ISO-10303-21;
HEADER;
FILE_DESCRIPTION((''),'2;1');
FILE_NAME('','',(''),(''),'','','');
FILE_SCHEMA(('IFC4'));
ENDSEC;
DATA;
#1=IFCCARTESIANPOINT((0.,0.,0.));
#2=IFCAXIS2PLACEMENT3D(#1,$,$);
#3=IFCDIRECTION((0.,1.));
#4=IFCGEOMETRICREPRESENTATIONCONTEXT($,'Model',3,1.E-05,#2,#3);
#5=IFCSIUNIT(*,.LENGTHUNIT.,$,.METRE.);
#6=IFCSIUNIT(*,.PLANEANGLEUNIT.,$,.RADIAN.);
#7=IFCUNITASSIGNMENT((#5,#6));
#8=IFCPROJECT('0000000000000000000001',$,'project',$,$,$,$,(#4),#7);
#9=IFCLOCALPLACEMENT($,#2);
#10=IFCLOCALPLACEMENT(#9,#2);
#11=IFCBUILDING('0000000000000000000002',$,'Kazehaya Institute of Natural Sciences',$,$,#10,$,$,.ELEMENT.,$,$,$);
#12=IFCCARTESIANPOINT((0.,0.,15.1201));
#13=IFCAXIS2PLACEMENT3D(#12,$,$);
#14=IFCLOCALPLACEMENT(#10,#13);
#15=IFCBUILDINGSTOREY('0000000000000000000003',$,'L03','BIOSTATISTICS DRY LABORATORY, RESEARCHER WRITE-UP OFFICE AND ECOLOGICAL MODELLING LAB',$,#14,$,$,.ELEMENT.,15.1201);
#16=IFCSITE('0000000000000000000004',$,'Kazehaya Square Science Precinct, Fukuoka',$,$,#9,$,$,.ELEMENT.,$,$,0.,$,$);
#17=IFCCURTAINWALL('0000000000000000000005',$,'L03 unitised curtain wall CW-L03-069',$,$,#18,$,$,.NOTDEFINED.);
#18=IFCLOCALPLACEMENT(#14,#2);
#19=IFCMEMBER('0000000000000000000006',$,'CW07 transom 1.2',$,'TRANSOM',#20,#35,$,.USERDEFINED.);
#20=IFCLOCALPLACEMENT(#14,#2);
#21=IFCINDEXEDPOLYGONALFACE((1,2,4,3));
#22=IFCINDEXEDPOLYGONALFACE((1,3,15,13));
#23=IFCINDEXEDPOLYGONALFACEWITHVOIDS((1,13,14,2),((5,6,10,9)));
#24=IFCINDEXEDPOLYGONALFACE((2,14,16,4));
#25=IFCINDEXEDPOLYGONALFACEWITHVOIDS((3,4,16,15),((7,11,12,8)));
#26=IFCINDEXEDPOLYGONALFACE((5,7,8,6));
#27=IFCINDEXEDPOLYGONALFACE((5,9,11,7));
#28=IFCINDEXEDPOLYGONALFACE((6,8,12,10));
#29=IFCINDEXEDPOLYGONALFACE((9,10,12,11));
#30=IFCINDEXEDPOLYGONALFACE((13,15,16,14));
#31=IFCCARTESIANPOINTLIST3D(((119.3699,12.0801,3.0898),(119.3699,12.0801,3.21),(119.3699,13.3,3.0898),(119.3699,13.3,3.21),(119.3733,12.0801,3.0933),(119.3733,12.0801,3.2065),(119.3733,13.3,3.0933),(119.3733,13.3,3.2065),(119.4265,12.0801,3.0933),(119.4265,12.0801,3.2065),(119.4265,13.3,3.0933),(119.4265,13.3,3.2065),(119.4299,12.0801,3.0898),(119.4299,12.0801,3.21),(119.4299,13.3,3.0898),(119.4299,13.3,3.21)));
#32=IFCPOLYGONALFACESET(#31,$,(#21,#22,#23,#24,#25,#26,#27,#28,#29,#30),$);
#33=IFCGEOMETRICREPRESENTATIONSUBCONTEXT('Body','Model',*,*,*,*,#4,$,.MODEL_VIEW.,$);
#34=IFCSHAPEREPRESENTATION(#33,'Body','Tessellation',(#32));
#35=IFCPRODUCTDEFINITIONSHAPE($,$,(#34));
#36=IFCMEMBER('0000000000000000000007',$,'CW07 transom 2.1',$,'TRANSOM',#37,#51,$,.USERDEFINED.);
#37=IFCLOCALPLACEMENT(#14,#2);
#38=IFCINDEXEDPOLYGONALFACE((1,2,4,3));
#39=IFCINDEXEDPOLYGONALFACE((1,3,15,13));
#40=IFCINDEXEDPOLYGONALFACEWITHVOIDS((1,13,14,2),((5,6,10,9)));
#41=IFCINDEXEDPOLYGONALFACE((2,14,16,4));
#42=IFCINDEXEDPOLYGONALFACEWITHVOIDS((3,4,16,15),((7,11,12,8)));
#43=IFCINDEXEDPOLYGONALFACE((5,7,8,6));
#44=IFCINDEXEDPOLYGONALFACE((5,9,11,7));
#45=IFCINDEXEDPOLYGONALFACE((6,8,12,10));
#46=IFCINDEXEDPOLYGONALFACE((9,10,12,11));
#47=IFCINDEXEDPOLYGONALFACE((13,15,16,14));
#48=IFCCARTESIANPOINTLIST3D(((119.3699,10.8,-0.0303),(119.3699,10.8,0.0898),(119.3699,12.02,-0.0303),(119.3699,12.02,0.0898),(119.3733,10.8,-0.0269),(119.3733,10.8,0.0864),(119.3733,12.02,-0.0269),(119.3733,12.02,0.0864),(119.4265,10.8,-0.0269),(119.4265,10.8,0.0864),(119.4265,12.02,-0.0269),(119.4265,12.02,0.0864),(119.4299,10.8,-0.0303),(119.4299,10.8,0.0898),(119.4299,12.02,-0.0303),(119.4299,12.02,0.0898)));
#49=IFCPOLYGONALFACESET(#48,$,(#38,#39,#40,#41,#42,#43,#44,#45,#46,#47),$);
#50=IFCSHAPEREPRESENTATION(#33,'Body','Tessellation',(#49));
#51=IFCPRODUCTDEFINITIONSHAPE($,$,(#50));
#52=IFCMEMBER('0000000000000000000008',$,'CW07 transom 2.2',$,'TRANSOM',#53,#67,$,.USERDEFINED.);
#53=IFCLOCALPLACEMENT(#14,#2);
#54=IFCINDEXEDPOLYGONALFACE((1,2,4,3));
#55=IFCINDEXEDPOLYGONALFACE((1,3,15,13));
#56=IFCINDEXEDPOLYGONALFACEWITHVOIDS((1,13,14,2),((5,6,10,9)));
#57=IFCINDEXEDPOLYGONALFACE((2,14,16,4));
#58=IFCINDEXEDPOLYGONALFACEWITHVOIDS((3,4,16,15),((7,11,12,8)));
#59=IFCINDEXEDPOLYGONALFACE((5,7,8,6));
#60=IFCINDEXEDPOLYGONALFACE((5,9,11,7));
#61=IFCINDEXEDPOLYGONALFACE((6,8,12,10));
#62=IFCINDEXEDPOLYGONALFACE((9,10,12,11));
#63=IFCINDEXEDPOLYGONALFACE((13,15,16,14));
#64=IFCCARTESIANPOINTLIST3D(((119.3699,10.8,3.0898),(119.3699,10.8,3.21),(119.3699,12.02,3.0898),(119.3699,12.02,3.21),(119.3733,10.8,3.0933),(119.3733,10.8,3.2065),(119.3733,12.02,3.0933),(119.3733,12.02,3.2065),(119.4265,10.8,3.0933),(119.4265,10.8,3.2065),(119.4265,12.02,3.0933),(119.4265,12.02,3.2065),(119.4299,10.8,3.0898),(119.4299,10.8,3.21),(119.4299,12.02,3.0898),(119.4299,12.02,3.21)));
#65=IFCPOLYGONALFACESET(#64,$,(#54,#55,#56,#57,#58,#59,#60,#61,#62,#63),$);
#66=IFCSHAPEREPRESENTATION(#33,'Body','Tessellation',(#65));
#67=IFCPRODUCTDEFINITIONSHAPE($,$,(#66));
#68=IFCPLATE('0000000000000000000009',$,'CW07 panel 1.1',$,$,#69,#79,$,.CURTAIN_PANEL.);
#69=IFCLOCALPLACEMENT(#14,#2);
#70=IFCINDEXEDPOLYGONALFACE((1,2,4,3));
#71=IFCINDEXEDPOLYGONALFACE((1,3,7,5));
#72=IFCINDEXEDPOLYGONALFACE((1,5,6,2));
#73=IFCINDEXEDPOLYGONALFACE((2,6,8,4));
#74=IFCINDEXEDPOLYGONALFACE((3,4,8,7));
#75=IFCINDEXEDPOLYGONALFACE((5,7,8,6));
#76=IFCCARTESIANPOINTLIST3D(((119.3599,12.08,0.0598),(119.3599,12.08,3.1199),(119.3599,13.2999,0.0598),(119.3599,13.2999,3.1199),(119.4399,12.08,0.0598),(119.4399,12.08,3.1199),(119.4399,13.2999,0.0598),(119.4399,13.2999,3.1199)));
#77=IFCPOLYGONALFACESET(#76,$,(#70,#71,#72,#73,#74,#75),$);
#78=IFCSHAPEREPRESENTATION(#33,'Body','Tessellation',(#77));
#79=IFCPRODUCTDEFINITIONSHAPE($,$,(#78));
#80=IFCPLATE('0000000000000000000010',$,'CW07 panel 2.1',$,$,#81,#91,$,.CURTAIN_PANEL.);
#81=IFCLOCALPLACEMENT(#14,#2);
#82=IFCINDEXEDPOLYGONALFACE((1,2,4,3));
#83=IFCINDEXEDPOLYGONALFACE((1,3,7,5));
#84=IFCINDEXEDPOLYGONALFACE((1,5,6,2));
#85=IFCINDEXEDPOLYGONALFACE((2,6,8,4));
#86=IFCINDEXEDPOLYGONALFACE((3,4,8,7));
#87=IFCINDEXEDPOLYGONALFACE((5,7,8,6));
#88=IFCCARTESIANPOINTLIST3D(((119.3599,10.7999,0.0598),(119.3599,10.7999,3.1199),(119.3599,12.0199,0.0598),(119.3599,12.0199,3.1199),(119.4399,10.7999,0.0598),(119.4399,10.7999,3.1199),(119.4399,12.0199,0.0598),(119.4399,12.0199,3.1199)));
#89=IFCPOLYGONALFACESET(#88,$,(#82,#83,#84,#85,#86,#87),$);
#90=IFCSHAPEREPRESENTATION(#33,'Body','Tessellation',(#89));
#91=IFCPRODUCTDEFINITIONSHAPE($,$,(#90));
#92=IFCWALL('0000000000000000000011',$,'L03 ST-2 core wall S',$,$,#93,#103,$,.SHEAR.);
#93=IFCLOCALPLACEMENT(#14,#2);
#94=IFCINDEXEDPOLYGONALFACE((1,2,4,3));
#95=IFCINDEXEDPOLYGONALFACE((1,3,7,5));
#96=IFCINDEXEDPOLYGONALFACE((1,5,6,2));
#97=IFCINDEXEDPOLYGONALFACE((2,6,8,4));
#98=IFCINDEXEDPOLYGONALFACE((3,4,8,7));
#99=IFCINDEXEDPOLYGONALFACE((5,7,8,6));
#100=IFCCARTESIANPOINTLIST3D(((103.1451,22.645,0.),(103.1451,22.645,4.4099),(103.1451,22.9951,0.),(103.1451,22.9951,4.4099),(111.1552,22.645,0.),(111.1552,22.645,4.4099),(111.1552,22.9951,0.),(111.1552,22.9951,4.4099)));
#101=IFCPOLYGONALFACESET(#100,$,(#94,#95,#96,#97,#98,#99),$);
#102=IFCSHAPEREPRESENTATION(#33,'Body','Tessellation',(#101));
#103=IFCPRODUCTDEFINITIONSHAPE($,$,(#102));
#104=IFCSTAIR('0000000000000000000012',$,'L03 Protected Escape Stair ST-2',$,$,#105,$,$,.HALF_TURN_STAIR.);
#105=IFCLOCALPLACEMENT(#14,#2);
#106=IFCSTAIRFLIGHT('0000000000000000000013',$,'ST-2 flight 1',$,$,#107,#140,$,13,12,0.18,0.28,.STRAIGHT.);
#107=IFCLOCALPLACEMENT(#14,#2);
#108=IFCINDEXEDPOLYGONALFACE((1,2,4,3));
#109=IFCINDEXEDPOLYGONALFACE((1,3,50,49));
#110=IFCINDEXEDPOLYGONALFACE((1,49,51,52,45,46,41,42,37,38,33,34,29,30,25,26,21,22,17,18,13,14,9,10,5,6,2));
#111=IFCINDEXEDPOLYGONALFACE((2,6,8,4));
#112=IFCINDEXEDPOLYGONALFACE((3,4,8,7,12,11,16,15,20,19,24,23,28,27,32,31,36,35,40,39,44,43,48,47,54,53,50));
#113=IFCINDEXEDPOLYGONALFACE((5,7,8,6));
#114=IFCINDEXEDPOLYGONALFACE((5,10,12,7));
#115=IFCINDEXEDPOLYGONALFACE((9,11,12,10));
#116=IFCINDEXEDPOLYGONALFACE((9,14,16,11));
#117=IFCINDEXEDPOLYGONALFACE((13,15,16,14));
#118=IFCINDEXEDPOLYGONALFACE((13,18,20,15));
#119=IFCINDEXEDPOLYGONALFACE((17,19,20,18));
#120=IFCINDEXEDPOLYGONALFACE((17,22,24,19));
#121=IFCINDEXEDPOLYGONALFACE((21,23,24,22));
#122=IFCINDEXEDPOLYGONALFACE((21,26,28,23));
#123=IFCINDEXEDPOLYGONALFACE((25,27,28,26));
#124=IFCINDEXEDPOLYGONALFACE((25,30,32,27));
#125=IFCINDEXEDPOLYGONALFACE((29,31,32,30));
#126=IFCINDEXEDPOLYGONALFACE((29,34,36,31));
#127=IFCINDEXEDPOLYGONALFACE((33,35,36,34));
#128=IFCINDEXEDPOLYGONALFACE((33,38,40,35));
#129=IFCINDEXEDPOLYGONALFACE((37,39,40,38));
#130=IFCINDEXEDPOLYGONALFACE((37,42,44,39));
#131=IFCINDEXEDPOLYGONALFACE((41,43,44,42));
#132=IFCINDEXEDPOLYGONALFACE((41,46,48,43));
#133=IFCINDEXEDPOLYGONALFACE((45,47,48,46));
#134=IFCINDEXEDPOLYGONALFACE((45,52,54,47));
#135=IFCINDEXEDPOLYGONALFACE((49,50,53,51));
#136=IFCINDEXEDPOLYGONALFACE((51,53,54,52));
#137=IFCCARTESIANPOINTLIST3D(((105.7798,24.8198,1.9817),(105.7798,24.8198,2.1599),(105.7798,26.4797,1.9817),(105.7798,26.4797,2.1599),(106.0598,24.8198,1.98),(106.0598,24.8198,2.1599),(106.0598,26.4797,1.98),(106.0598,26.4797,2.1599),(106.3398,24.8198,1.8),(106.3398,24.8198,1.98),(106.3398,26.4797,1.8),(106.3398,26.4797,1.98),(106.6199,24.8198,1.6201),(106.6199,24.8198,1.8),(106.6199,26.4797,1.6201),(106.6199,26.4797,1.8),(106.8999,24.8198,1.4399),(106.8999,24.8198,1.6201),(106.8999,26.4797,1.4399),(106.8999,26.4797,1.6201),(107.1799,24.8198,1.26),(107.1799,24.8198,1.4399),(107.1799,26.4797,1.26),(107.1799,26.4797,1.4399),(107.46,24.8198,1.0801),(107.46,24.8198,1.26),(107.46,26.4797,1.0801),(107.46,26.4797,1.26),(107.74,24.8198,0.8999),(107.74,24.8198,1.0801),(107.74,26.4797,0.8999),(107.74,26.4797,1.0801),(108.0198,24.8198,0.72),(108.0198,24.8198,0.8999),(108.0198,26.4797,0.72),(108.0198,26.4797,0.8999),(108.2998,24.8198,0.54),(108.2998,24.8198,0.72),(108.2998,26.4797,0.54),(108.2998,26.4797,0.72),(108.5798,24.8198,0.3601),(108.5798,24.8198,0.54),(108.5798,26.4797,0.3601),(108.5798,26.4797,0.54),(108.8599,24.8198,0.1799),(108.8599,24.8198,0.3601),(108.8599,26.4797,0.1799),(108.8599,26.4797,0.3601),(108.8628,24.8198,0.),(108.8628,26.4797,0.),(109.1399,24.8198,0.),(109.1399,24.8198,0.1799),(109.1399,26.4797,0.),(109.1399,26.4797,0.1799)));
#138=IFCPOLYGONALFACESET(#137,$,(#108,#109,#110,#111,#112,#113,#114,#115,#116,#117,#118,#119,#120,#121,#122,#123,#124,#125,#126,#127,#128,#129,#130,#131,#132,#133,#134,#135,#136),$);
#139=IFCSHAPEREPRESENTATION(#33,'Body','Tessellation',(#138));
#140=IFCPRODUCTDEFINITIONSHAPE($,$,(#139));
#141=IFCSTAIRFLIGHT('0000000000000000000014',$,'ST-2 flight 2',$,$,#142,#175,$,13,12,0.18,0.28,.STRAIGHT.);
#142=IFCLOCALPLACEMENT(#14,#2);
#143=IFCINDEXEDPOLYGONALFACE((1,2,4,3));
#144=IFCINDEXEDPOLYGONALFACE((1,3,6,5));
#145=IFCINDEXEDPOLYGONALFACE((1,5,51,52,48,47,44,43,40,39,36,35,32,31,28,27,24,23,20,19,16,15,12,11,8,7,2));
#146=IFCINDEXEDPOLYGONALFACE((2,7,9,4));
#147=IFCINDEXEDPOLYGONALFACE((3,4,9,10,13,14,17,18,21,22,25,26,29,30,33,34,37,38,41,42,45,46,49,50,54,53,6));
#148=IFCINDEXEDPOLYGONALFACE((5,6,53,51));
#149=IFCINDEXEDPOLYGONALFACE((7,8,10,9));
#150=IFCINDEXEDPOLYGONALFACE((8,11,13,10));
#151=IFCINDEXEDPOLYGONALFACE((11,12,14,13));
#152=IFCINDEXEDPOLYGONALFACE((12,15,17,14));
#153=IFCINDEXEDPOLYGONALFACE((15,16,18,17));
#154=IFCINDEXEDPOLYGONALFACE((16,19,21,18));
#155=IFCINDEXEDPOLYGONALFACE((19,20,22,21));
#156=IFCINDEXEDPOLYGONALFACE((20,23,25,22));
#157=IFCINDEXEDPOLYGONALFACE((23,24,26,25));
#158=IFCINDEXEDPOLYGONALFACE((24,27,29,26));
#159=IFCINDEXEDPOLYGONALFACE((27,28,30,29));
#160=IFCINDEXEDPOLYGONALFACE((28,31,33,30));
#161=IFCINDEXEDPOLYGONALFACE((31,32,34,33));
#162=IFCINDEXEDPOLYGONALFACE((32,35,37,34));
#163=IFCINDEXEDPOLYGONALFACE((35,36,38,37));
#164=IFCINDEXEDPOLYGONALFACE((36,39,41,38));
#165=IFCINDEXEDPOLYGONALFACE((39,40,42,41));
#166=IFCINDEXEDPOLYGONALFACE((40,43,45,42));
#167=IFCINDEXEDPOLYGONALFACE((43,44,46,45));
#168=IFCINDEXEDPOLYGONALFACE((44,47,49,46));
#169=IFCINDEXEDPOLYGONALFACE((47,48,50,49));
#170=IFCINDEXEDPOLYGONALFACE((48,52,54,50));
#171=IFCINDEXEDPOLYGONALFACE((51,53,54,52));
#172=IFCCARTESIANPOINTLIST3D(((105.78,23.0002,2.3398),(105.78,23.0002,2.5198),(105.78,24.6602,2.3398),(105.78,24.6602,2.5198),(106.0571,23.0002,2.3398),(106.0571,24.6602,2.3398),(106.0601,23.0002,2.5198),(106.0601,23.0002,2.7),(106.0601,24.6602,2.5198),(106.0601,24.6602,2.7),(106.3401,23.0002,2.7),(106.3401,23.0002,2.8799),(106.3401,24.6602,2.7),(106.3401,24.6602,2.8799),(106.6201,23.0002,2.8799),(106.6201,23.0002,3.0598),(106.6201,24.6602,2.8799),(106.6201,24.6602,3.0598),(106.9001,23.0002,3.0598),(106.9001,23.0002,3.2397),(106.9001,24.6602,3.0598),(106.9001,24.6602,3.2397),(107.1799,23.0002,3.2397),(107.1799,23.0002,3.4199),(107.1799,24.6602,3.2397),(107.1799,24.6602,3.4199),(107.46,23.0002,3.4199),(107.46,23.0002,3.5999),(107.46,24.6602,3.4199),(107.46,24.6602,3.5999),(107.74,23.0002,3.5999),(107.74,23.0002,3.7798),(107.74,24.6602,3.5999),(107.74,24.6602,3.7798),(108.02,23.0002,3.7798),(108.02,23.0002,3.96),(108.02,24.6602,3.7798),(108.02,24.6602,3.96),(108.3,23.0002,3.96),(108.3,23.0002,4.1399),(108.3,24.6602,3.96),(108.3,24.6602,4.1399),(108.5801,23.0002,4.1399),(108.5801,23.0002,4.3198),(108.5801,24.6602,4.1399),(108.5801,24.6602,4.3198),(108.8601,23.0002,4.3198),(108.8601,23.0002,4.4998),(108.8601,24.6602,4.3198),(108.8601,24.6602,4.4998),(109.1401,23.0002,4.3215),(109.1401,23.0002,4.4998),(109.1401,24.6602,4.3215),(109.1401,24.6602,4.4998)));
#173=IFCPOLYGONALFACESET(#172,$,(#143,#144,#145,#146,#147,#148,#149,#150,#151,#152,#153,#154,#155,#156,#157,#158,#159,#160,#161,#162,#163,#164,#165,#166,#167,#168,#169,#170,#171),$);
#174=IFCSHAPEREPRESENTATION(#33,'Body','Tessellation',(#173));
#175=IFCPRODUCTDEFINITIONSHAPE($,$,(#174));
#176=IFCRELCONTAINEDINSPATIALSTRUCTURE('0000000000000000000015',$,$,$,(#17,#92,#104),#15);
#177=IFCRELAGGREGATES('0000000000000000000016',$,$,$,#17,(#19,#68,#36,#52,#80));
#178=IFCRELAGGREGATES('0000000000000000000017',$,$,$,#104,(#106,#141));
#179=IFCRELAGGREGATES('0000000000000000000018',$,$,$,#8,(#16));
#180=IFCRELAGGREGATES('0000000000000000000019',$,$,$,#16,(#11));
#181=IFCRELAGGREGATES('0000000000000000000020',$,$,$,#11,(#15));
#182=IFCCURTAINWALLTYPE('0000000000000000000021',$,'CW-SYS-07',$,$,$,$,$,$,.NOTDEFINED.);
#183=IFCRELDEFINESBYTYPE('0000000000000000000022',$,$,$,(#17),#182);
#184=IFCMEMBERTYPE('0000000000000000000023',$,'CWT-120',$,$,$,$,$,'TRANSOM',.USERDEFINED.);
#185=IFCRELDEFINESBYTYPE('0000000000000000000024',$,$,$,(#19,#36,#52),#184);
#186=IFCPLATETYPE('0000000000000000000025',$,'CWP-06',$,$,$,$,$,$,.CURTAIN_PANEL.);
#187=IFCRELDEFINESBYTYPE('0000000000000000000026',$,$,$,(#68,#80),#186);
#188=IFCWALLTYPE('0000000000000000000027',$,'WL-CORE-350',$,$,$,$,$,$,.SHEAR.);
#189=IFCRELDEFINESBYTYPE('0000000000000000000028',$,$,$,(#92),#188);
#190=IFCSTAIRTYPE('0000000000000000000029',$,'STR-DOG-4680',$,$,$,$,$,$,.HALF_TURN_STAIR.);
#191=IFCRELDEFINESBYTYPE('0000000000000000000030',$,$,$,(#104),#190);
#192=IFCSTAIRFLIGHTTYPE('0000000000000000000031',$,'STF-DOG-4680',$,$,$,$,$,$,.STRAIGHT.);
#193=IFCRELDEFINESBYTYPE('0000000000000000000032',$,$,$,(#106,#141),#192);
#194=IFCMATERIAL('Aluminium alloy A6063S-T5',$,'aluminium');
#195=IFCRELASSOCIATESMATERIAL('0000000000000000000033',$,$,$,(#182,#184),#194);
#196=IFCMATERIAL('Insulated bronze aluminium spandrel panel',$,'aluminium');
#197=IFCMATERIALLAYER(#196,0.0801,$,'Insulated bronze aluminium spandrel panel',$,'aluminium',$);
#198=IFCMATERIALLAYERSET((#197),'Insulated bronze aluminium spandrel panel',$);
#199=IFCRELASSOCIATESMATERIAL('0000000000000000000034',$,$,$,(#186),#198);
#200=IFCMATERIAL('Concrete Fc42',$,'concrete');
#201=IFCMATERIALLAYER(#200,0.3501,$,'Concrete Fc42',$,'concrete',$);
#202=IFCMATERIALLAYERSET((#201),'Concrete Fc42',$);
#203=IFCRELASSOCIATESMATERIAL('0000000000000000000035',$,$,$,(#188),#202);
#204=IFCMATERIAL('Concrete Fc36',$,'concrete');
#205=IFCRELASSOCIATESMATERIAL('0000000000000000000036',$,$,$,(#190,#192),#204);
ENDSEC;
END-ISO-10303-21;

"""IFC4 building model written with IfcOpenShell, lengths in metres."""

from ifc_helpers import new_model, si_unit, direction, frame, frame_2d, origin, origin_2d, place, context, subcontext, project, spatial, polyline, rectangle, hollow_rectangle, outline, extrude, material, layer, layer_set, material_profile, profile_set, type_object, element, aggregate, save


model = new_model("IFC4")

# Units and contexts
model_context = context("Model", 3, precision=1e-05, world=origin(), true_north=direction((0.0, 1.0)))
body_context = subcontext(model_context, "Body", "Model", "MODEL_VIEW")
ifc_project = project(units=[si_unit("LENGTHUNIT", "METRE"), si_unit("PLANEANGLEUNIT", "RADIAN")], contexts=[model_context])

# Site, building, storey
site_placement = place(None, origin())
site = spatial("IfcSite", under=ifc_project, at=site_placement, Name="Kazehaya Square Science Precinct, Fukuoka", CompositionType="ELEMENT", RefElevation=0.0)
building_placement = place(site_placement, origin())
building = spatial("IfcBuilding", under=site, at=building_placement, Name="Kazehaya Institute of Natural Sciences", CompositionType="ELEMENT")
storey_placement = place(building_placement, frame((0.0, 0.0, 15.1201)))
storey = spatial("IfcBuildingStorey", under=building, at=storey_placement, Name="L03", Description="BIOSTATISTICS DRY LABORATORY, RESEARCHER WRITE-UP OFFICE AND ECOLOGICAL MODELLING LAB", CompositionType="ELEMENT", Elevation=15.1201)

# Shared definitions
ifc_material_1 = material(Name="Concrete Fc42", Category="concrete")

# Shared definitions
ifc_material_2 = material(Name="Concrete Fc36", Category="concrete")

# Curtain wall, members, plates
ifc_material_3 = material(Name="Aluminium alloy A6063S-T5", Category="aluminium")
curtain_wall_type = type_object("IfcCurtainWallType", Name="CW-SYS-07", PredefinedType="NOTDEFINED", material=ifc_material_3)
curtain_wall_placement = place(storey_placement, origin())
curtain_wall = element("IfcCurtainWall", 1, at=curtain_wall_placement, inside=storey, type_object=curtain_wall_type, Name="L03 unitised curtain wall CW-L03-069", PredefinedType="NOTDEFINED")
ifc_material_profile_1 = material_profile(ifc_material_3, hollow_rectangle(XDim=0.0601, YDim=0.1201, WallThickness=0.0034, at=origin_2d()), Name="ALU-60x120x3.5")
ifc_profile_set_1 = profile_set([ifc_material_profile_1], Name="Aluminium alloy A6063S-T5")
member_type_1 = type_object("IfcMemberType", Name="CWT-120", ElementType="TRANSOM", PredefinedType="USERDEFINED", material=ifc_profile_set_1)
member_1_placement = place(storey_placement, frame((119.3999, 13.3, 3.1499), z_axis=(0.0, -1.0, 0.0), x_axis=(1.0, 0.0, 0.0)))
member_1 = element("IfcMember", 2, at=member_1_placement, type_object=member_type_1, Name="CW07 transom 1.2", ObjectType="TRANSOM", PredefinedType="USERDEFINED", context=body_context, shape_type="SweptSolid", body=[
    extrude(hollow_rectangle(XDim=0.0601, YDim=0.1201, WallThickness=0.0034, at=origin_2d()), origin(), (0.0, 0.0, 1.0), 1.22),
])
member_2_placement = place(storey_placement, frame((119.3999, 12.02, 0.0298), z_axis=(0.0, -1.0, 0.0), x_axis=(1.0, 0.0, 0.0)))
member_2 = element("IfcMember", 3, at=member_2_placement, type_object=member_type_1, Name="CW07 transom 2.1", ObjectType="TRANSOM", PredefinedType="USERDEFINED", context=body_context, shape_type="SweptSolid", body=[
    extrude(hollow_rectangle(XDim=0.0601, YDim=0.1201, WallThickness=0.0034, at=origin_2d()), origin(), (0.0, 0.0, 1.0), 1.22),
])
member_3_placement = place(storey_placement, frame((119.3999, 12.02, 3.1499), z_axis=(0.0, -1.0, 0.0), x_axis=(1.0, 0.0, 0.0)))
member_3 = element("IfcMember", 4, at=member_3_placement, type_object=member_type_1, Name="CW07 transom 2.2", ObjectType="TRANSOM", PredefinedType="USERDEFINED", context=body_context, shape_type="SweptSolid", body=[
    extrude(hollow_rectangle(XDim=0.0601, YDim=0.1201, WallThickness=0.0034, at=origin_2d()), origin(), (0.0, 0.0, 1.0), 1.22),
])
ifc_material_4 = material(Name="Insulated bronze aluminium spandrel panel", Category="aluminium")
ifc_layer_1 = layer(ifc_material_4, 0.0801, Name="Insulated bronze aluminium spandrel panel", Category="aluminium")
ifc_layer_set_1 = layer_set([ifc_layer_1], Name="Insulated bronze aluminium spandrel panel")
plate_type = type_object("IfcPlateType", Name="CWP-06", PredefinedType="CURTAIN_PANEL", material=ifc_layer_set_1)
plate_1_placement = place(storey_placement, frame((119.3999, 12.6899, 0.0598), z_axis=(0.0, 0.0, 1.0), x_axis=(0.0, -1.0, 0.0)))
plate_1 = element("IfcPlate", 5, at=plate_1_placement, type_object=plate_type, Name="CW07 panel 1.1", PredefinedType="CURTAIN_PANEL", context=body_context, shape_type="SweptSolid", body=[
    extrude(rectangle(XDim=1.22, YDim=0.0801, at=origin_2d()), origin(), (0.0, 0.0, 1.0), 3.0601),
])
plate_2_placement = place(storey_placement, frame((119.3999, 11.4099, 0.0598), z_axis=(0.0, 0.0, 1.0), x_axis=(0.0, -1.0, 0.0)))
plate_2 = element("IfcPlate", 6, at=plate_2_placement, type_object=plate_type, Name="CW07 panel 2.1", PredefinedType="CURTAIN_PANEL", context=body_context, shape_type="SweptSolid", body=[
    extrude(rectangle(XDim=1.22, YDim=0.0801, at=origin_2d()), origin(), (0.0, 0.0, 1.0), 3.0601),
])
aggregate(curtain_wall, [member_1, plate_1, member_2, member_3, plate_2])

# Wall
ifc_layer_2 = layer(ifc_material_1, 0.3501, Name="Concrete Fc42", Category="concrete")
ifc_layer_set_2 = layer_set([ifc_layer_2], Name="Concrete Fc42")
wall_type = type_object("IfcWallType", Name="WL-CORE-350", PredefinedType="SHEAR", material=ifc_layer_set_2)
wall_1_placement = place(storey_placement, frame((111.155, 22.8201, 0.0), z_axis=(0.0, 0.0, 1.0), x_axis=(-1.0, 0.0, 0.0)))
element("IfcWall", 7, at=wall_1_placement, inside=storey, type_object=wall_type, Name="L03 ST-2 core wall S", PredefinedType="SHEAR", context=body_context, shape_type="SweptSolid", body=[
    extrude(rectangle(XDim=8.01, YDim=0.3501, at=frame_2d((4.0049, 0.0))), origin(), (0.0, 0.0, 1.0), 4.4099),
])

# Stair, stair flights
stair_type = type_object("IfcStairType", Name="STR-DOG-4680", PredefinedType="HALF_TURN_STAIR", material=ifc_material_2)
stair_placement = place(storey_placement, origin())
stair = element("IfcStair", 8, at=stair_placement, inside=storey, type_object=stair_type, Name="L03 Protected Escape Stair ST-2", PredefinedType="HALF_TURN_STAIR")
stair_flight_type = type_object("IfcStairFlightType", Name="STF-DOG-4680", PredefinedType="STRAIGHT", material=ifc_material_2)
stair_flight_1_placement = place(storey_placement, frame((109.1399, 25.6499, 0.0), z_axis=(0.0, 0.0, 1.0), x_axis=(-1.0, 0.0, 0.0)))
stair_flight_1 = element("IfcStairFlight", 9, at=stair_flight_1_placement, type_object=stair_flight_type, Name="ST-2 flight 1", NumberOfRisers=13, NumberOfTreads=12, PredefinedType="STRAIGHT", RiserHeight=0.18, TreadLength=0.28, context=body_context, shape_type="SweptSolid", body=[
    extrude(outline(polyline([(0.0, 0.0), (0.0, 0.1799), (0.28, 0.1799), (0.28, 0.3601), (0.5601, 0.3601), (0.5601, 0.54), (0.8401, 0.54), (0.8401, 0.72), (1.1201, 0.72), (1.1201, 0.8999), (1.3999, 0.8999), (1.3999, 1.0801), (1.6799, 1.0801), (1.6799, 1.26), (1.96, 1.26), (1.96, 1.4399), (2.24, 1.4399), (2.24, 1.6201), (2.52, 1.6201), (2.52, 1.8), (2.8, 1.8), (2.8, 1.98), (3.0801, 1.98), (3.0801, 2.1599), (3.3601, 2.1599), (3.3601, 2.3401), (3.3601, 1.9817), (0.2771, 0.0), (0.0, 0.0)])), frame((0.0, 0.8301, 0.0), z_axis=(0.0, -1.0, 0.0), x_axis=(1.0, 0.0, 0.0)), (0.0, 0.0, 1.0), 1.6599),
])
stair_flight_2_placement = place(storey_placement, frame((105.78, 23.8301, 2.3398), z_axis=(0.0, 0.0, 1.0), x_axis=(1.0, 0.0, 0.0)))
stair_flight_2 = element("IfcStairFlight", 10, at=stair_flight_2_placement, type_object=stair_flight_type, Name="ST-2 flight 2", NumberOfRisers=13, NumberOfTreads=12, PredefinedType="STRAIGHT", RiserHeight=0.18, TreadLength=0.28, context=body_context, shape_type="SweptSolid", body=[
    extrude(outline(polyline([(0.0, 0.0), (0.0, 0.1799), (0.28, 0.1799), (0.28, 0.3601), (0.5601, 0.3601), (0.5601, 0.54), (0.8401, 0.54), (0.8401, 0.72), (1.1201, 0.72), (1.1201, 0.8999), (1.3999, 0.8999), (1.3999, 1.0801), (1.6799, 1.0801), (1.6799, 1.26), (1.96, 1.26), (1.96, 1.4399), (2.24, 1.4399), (2.24, 1.6201), (2.52, 1.6201), (2.52, 1.8), (2.8, 1.8), (2.8, 1.98), (3.0801, 1.98), (3.0801, 2.1599), (3.3601, 2.1599), (3.3601, 2.3401), (3.3601, 1.9817), (0.2771, 0.0), (0.0, 0.0)])), frame((0.0, 0.8301, 0.0), z_axis=(0.0, -1.0, 0.0), x_axis=(1.0, 0.0, 0.0)), (0.0, 0.0, 1.0), 1.6599),
])
aggregate(stair, [stair_flight_1, stair_flight_2])

save(model, "model.ifc")
